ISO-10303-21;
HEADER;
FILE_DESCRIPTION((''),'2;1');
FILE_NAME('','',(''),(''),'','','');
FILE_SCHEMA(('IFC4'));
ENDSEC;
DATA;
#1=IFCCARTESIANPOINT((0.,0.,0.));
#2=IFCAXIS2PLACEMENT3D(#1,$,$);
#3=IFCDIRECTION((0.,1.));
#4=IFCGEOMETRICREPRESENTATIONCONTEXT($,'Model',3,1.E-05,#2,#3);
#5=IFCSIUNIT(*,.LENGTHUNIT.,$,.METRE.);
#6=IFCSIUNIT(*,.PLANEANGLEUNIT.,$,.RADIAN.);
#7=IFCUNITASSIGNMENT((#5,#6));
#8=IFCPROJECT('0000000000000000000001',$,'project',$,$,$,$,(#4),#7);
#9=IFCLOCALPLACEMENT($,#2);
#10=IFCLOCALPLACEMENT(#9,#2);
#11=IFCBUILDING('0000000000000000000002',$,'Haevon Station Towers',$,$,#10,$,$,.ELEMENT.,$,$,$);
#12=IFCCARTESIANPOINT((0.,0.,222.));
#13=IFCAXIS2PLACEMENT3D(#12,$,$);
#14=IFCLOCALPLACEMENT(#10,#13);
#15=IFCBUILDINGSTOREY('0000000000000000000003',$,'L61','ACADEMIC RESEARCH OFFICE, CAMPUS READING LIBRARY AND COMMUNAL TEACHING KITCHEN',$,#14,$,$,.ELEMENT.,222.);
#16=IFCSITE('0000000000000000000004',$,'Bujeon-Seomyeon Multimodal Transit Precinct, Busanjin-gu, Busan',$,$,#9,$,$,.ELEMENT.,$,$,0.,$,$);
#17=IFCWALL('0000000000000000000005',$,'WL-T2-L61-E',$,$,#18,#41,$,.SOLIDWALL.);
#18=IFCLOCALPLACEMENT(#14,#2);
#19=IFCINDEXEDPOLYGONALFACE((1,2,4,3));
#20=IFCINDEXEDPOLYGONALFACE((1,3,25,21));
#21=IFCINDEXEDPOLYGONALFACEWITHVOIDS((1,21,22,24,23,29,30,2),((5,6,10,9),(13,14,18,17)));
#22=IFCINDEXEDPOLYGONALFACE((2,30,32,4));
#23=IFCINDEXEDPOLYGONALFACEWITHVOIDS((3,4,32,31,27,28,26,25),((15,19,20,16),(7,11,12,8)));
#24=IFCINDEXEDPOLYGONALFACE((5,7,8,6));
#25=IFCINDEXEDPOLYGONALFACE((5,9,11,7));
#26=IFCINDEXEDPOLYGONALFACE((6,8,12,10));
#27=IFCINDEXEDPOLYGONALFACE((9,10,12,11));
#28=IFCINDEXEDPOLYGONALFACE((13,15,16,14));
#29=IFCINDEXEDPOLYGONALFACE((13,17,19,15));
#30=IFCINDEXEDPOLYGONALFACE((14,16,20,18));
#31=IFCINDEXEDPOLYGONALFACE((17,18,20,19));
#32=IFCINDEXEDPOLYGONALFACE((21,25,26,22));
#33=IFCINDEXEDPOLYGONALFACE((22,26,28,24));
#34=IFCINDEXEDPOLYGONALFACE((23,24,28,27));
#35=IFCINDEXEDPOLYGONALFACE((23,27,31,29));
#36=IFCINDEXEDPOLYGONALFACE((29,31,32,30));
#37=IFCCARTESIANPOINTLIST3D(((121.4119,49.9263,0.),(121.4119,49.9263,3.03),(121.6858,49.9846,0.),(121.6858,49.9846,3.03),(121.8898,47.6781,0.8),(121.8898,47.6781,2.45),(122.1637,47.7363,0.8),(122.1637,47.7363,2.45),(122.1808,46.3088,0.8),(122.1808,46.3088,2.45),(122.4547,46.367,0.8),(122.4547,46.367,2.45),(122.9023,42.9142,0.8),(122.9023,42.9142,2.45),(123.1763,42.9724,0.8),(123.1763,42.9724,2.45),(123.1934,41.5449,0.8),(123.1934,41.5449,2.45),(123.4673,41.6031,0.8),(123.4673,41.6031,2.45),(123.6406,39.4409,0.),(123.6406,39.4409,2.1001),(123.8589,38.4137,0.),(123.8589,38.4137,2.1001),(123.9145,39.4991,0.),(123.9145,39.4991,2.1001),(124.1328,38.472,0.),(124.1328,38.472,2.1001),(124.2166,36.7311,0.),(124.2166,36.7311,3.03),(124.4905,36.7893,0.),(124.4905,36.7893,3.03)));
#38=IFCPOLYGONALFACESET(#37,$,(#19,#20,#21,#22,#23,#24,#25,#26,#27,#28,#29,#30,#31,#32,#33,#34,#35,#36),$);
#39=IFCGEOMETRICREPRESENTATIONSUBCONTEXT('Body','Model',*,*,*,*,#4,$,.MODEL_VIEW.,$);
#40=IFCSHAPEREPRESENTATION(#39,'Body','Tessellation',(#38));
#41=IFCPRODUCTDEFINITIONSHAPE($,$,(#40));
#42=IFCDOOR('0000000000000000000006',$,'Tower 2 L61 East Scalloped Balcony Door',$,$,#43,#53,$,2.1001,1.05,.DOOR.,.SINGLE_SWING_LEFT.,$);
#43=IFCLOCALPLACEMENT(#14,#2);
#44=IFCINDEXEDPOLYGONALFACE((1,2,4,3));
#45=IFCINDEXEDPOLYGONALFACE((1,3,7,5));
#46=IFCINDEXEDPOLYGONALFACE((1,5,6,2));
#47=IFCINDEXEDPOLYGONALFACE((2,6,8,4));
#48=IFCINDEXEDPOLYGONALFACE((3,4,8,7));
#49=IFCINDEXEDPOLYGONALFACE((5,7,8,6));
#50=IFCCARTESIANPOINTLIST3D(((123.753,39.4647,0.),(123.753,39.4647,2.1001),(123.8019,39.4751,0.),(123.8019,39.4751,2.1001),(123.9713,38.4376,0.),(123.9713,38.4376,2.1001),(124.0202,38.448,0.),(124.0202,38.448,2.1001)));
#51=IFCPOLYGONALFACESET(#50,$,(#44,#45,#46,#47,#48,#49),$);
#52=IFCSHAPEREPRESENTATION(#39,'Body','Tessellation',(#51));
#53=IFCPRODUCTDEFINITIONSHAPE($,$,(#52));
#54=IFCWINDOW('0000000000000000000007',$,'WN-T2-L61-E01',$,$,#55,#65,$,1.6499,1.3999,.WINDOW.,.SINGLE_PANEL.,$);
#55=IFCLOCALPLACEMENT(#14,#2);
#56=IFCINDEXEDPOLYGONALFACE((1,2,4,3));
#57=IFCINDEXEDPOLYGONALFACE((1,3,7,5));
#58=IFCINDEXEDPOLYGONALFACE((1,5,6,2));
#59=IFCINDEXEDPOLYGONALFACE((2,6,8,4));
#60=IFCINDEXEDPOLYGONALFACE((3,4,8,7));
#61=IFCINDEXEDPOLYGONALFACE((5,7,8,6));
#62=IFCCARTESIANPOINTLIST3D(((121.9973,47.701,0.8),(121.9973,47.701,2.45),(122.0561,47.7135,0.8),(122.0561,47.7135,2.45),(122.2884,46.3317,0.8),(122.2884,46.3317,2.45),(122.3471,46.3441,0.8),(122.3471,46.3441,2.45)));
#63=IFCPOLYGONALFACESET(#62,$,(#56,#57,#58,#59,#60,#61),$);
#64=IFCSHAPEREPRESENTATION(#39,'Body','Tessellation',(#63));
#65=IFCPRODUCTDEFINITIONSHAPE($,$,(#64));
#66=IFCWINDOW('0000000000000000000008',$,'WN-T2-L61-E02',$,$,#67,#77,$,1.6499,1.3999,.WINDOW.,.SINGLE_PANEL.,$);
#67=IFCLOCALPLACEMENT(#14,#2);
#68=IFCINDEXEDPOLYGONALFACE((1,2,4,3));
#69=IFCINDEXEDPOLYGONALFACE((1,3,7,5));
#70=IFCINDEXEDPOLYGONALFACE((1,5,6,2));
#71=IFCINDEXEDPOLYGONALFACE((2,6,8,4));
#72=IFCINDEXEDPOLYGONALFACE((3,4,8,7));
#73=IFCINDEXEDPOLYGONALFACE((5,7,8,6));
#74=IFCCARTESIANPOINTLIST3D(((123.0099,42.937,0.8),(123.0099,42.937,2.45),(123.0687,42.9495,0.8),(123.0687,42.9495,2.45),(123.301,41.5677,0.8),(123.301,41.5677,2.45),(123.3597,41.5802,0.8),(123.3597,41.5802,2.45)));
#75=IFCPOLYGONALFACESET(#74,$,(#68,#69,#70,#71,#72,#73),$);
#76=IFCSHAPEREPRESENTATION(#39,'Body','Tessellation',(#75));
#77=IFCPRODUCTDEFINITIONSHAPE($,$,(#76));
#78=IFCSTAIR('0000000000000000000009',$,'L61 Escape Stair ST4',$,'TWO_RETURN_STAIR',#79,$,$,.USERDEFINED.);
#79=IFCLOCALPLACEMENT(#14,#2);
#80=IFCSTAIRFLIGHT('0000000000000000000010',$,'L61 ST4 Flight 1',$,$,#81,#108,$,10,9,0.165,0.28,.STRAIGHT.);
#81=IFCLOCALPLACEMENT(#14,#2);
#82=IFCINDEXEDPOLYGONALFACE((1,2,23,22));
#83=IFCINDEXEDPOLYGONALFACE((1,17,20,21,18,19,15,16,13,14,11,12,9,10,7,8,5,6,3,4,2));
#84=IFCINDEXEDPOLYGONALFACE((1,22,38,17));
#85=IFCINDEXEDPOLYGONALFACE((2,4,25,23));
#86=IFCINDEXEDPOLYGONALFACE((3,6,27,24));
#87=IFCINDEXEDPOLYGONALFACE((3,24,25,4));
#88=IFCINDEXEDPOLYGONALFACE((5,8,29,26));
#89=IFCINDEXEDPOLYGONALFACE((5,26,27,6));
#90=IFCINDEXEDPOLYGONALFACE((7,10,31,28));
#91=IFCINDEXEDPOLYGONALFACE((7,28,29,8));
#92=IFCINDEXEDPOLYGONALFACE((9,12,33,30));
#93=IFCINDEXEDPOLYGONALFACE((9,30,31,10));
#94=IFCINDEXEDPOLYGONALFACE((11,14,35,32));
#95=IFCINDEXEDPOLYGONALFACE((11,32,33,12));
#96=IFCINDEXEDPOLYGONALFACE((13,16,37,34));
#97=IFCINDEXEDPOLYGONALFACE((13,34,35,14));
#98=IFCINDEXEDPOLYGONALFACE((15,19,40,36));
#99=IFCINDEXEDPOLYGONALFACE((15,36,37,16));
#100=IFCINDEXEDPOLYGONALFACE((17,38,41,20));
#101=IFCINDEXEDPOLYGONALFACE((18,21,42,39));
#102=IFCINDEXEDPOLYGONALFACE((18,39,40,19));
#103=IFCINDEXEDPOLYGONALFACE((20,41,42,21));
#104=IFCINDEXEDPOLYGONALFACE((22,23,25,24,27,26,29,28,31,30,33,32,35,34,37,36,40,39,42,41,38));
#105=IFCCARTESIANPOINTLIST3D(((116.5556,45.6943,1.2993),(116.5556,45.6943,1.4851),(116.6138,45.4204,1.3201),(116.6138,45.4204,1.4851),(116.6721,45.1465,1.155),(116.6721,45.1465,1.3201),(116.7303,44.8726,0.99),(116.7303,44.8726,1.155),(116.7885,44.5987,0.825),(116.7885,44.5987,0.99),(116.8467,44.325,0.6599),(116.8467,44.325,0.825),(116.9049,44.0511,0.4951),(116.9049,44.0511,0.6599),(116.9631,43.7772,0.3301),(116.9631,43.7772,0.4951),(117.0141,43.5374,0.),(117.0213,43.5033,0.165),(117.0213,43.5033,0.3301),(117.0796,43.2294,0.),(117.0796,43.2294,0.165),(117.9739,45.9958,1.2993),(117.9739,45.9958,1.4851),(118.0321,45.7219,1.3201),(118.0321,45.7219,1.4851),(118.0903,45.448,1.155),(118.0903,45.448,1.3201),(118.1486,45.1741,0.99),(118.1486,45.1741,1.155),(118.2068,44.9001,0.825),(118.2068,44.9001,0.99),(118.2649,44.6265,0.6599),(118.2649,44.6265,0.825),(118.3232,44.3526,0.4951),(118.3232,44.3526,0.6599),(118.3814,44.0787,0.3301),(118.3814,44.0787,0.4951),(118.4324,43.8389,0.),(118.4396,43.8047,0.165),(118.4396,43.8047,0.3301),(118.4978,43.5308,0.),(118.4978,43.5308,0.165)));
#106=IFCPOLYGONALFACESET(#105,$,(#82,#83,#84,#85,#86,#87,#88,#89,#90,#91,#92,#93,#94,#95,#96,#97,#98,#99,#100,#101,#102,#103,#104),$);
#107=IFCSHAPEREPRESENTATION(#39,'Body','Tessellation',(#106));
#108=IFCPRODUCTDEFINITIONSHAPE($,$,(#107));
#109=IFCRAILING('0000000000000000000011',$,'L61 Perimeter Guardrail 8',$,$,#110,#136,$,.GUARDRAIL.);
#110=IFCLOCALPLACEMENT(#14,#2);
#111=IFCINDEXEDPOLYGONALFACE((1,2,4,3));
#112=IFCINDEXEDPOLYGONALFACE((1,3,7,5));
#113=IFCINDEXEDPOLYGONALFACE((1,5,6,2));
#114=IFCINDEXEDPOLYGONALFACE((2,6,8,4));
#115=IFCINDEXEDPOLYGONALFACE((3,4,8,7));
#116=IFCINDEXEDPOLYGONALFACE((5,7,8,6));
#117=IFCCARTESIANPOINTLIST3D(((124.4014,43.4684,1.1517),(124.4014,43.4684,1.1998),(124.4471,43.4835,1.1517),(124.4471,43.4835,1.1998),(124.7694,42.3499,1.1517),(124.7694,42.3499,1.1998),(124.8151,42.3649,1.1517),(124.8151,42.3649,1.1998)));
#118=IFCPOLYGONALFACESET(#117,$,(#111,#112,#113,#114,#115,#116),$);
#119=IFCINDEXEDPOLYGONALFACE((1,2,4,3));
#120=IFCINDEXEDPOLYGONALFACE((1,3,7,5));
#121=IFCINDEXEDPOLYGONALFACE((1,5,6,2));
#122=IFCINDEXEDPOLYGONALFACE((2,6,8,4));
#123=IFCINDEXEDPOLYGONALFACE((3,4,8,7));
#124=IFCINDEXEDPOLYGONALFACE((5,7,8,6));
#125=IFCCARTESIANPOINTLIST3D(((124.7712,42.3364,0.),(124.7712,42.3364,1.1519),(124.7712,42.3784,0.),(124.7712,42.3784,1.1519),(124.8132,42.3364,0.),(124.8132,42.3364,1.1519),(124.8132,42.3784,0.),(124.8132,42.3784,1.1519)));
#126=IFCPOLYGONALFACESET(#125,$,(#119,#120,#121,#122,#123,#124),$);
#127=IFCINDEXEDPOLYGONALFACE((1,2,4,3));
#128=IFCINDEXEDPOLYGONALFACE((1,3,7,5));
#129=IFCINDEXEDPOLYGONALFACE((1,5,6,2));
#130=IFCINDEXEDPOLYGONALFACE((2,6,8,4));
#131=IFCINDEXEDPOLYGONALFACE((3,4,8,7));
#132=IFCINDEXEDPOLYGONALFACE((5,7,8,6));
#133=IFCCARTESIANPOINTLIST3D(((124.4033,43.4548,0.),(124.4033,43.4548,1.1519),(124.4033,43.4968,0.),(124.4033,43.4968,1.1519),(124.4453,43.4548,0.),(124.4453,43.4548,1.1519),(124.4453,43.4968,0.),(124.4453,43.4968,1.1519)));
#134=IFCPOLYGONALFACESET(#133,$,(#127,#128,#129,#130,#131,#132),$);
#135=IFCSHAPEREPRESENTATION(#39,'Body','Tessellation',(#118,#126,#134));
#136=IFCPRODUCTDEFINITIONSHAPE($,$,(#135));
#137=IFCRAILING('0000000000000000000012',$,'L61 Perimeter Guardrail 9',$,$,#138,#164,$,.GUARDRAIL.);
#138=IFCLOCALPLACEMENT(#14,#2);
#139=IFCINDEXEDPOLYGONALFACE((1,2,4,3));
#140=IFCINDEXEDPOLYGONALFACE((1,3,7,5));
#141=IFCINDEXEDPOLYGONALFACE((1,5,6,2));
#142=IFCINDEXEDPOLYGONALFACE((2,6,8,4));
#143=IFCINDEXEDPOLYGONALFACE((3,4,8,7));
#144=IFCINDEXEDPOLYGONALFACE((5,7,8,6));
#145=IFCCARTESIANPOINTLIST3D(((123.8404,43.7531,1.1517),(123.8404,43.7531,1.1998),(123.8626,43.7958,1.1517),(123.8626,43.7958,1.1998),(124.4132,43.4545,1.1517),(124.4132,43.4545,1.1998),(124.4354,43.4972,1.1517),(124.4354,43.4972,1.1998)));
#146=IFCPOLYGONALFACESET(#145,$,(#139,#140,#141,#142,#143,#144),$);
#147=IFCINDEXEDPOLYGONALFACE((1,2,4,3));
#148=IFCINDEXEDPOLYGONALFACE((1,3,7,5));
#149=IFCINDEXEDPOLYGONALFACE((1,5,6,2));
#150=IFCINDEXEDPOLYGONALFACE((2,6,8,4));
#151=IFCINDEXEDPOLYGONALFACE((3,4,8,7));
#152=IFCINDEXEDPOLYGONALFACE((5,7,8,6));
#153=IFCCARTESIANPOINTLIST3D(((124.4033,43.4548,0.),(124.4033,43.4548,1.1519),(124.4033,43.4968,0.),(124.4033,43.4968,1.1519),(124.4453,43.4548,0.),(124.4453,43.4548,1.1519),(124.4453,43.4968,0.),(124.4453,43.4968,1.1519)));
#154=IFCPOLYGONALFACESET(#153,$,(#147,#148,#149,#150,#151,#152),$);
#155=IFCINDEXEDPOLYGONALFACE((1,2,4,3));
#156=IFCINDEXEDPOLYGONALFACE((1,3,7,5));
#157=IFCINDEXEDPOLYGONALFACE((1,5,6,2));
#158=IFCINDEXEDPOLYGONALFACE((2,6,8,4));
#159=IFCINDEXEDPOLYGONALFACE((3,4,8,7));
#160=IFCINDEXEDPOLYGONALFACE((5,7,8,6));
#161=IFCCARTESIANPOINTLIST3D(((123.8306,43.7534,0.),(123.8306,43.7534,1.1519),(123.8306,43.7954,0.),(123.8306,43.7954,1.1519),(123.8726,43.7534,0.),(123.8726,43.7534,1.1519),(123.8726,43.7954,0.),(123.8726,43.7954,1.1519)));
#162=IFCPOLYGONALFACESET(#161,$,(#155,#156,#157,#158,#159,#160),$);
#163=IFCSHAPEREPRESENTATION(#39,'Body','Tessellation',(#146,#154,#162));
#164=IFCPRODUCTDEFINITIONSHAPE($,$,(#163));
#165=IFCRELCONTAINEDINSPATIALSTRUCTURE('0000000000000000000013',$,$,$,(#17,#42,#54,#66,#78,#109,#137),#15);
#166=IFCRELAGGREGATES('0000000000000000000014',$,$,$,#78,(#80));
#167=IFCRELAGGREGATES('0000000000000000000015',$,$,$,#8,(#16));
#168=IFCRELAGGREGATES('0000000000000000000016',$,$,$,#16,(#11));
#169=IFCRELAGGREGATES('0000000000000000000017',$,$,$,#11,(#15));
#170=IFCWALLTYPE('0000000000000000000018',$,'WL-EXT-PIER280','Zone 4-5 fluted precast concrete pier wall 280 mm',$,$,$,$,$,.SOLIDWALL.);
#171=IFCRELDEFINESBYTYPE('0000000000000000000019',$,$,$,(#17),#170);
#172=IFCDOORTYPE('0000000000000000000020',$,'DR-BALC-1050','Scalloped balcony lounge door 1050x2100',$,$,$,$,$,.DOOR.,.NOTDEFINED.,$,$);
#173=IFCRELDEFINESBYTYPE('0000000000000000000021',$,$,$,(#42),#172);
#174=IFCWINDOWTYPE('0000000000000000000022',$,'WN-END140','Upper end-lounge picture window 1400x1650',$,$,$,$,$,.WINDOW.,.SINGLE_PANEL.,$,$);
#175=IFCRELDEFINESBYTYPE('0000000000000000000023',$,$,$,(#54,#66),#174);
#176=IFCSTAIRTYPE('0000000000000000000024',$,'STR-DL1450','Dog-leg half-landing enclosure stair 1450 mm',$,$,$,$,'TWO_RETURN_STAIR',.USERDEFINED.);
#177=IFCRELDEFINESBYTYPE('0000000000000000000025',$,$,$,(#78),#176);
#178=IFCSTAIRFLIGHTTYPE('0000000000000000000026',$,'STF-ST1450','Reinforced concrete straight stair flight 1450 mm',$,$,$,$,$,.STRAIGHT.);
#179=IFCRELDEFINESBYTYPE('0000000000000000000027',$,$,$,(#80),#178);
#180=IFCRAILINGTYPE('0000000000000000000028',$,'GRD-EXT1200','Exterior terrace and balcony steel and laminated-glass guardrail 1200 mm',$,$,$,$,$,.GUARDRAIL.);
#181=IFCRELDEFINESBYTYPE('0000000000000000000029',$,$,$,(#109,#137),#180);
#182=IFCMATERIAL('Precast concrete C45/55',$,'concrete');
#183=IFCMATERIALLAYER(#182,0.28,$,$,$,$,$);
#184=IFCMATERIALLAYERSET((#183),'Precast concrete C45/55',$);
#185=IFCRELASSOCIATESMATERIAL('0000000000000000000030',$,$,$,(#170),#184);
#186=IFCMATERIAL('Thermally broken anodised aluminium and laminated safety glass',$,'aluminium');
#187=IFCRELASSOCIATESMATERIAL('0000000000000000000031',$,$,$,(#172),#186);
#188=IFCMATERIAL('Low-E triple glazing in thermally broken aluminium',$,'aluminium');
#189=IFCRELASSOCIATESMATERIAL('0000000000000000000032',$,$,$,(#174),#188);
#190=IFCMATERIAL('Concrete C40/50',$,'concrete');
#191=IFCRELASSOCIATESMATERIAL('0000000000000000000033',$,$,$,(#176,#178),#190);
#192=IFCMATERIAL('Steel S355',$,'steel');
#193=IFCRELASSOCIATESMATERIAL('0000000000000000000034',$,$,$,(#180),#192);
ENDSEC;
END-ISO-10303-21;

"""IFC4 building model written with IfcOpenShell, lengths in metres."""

from ifc_helpers import new_model, si_unit, direction, frame, frame_2d, origin, origin_2d, place, context, subcontext, project, spatial, polyline, rectangle, outline, extrude, material, layer, layer_set, type_object, element, fill, aggregate, save


model = new_model("IFC4")

# Units and contexts
model_context = context("Model", 3, precision=1e-05, world=origin(), true_north=direction((0.0, 1.0)))
body_context = subcontext(model_context, "Body", "Model", "MODEL_VIEW")
ifc_project = project(units=[si_unit("LENGTHUNIT", "METRE"), si_unit("PLANEANGLEUNIT", "RADIAN")], contexts=[model_context])

# Site, building, storey
site_placement = place(None, origin())
site = spatial("IfcSite", under=ifc_project, at=site_placement, Name="Bujeon-Seomyeon Multimodal Transit Precinct, Busanjin-gu, Busan", CompositionType="ELEMENT", RefElevation=0.0)
building_placement = place(site_placement, origin())
building = spatial("IfcBuilding", under=site, at=building_placement, Name="Haevon Station Towers", CompositionType="ELEMENT")
storey_placement = place(building_placement, frame((0.0, 0.0, 222.0)))
storey = spatial("IfcBuildingStorey", under=building, at=storey_placement, Name="L61", Description="ACADEMIC RESEARCH OFFICE, CAMPUS READING LIBRARY AND COMMUNAL TEACHING KITCHEN", CompositionType="ELEMENT", Elevation=222.0)

# Shared definitions
ifc_material_1 = material(Name="Steel S355", Category="steel")

# Shared definitions
ifc_material_2 = material(Name="Precast concrete C45/55", Category="concrete")
ifc_layer = layer(ifc_material_2, 0.28)
ifc_layer_set = layer_set([ifc_layer], Name="Precast concrete C45/55")
wall_type = type_object("IfcWallType", Name="WL-EXT-PIER280", Description="Zone 4-5 fluted precast concrete pier wall 280 mm", PredefinedType="SOLIDWALL", material=ifc_layer_set)

# Wall, openings, door, windows
wall_1_placement = place(storey_placement, frame((121.5488, 49.9556, 0.0), z_axis=(0.0, 0.0, 1.0), x_axis=(0.207907, -0.978149, 0.0)))
wall_1 = element("IfcWall", 1, at=wall_1_placement, inside=storey, type_object=wall_type, Name="WL-T2-L61-E", PredefinedType="SOLIDWALL", context=body_context, shape_type="SweptSolid", body=[
    extrude(rectangle(XDim=13.49, YDim=0.28, at=frame_2d((6.7451, 0.0))), origin(), (0.0, 0.0, 1.0), 3.03),
])
opening_1_placement = place(wall_1_placement, frame((10.72, 0.0, 0.0)))
opening_1 = element("IfcOpeningElement", 2, at=opening_1_placement, cuts=wall_1, PredefinedType="OPENING", context=body_context, shape_type="SweptSolid", body=[
    extrude(rectangle(XDim=1.05, YDim=2.1001, at=frame_2d((0.5249, 1.05))), frame((0.0, 0.1499, 0.0), z_axis=(0.0, -1.0, 0.0), x_axis=(1.0, 0.0, 0.0)), (0.0, 0.0, 1.0), 0.3),
])
opening_2_placement = place(wall_1_placement, frame((2.2986, 0.0, 0.8)))
opening_2 = element("IfcOpeningElement", 3, at=opening_2_placement, cuts=wall_1, PredefinedType="OPENING", context=body_context, shape_type="SweptSolid", body=[
    extrude(rectangle(XDim=1.3999, YDim=1.6499, at=frame_2d((0.7, 0.825))), frame((0.0, 0.1499, 0.0), z_axis=(0.0, -1.0, 0.0), x_axis=(1.0, 0.0, 0.0)), (0.0, 0.0, 1.0), 0.3),
])
opening_3_placement = place(wall_1_placement, frame((7.1689, 0.0, 0.8)))
opening_3 = element("IfcOpeningElement", 4, at=opening_3_placement, cuts=wall_1, PredefinedType="OPENING", context=body_context, shape_type="SweptSolid", body=[
    extrude(rectangle(XDim=1.3999, YDim=1.6499, at=frame_2d((0.7, 0.825))), frame((0.0, 0.1499, 0.0), z_axis=(0.0, -1.0, 0.0), x_axis=(1.0, 0.0, 0.0)), (0.0, 0.0, 1.0), 0.3),
])
ifc_material_3 = material(Name="Thermally broken anodised aluminium and laminated safety glass", Category="aluminium")
door_type = type_object("IfcDoorType", Name="DR-BALC-1050", Description="Scalloped balcony lounge door 1050x2100", OperationType="NOTDEFINED", PredefinedType="DOOR", material=ifc_material_3)
door_placement = place(opening_1_placement, origin())
door = element("IfcDoor", 5, at=door_placement, inside=storey, type_object=door_type, Name="Tower 2 L61 East Scalloped Balcony Door", OperationType="SINGLE_SWING_LEFT", OverallHeight=2.1001, OverallWidth=1.05, PredefinedType="DOOR", context=body_context, shape_type="SweptSolid", body=[
    extrude(rectangle(XDim=1.05, YDim=2.1001, at=frame_2d((0.5249, 1.05))), frame((0.0, 0.0249, 0.0), z_axis=(0.0, -1.0, 0.0), x_axis=(1.0, 0.0, 0.0)), (0.0, 0.0, 1.0), 0.05),
])
fill(opening_1, door)
ifc_material_4 = material(Name="Low-E triple glazing in thermally broken aluminium", Category="aluminium")
window_type = type_object("IfcWindowType", Name="WN-END140", Description="Upper end-lounge picture window 1400x1650", PartitioningType="SINGLE_PANEL", PredefinedType="WINDOW", material=ifc_material_4)
window_1_placement = place(opening_2_placement, origin())
window_1 = element("IfcWindow", 6, at=window_1_placement, inside=storey, type_object=window_type, Name="WN-T2-L61-E01", OverallHeight=1.6499, OverallWidth=1.3999, PartitioningType="SINGLE_PANEL", PredefinedType="WINDOW", context=body_context, shape_type="SweptSolid", body=[
    extrude(rectangle(XDim=1.3999, YDim=1.6499, at=frame_2d((0.7, 0.825))), frame((0.0, 0.03, 0.0), z_axis=(0.0, -1.0, 0.0), x_axis=(1.0, 0.0, 0.0)), (0.0, 0.0, 1.0), 0.0601),
])
fill(opening_2, window_1)
window_2_placement = place(opening_3_placement, origin())
window_2 = element("IfcWindow", 7, at=window_2_placement, inside=storey, type_object=window_type, Name="WN-T2-L61-E02", OverallHeight=1.6499, OverallWidth=1.3999, PartitioningType="SINGLE_PANEL", PredefinedType="WINDOW", context=body_context, shape_type="SweptSolid", body=[
    extrude(rectangle(XDim=1.3999, YDim=1.6499, at=frame_2d((0.7, 0.825))), frame((0.0, 0.03, 0.0), z_axis=(0.0, -1.0, 0.0), x_axis=(1.0, 0.0, 0.0)), (0.0, 0.0, 1.0), 0.0601),
])
fill(opening_3, window_2)

# Stair, stair flight
ifc_material_5 = material(Name="Concrete C40/50", Category="concrete")
stair_type = type_object("IfcStairType", Name="STR-DL1450", Description="Dog-leg half-landing enclosure stair 1450 mm", ElementType="TWO_RETURN_STAIR", PredefinedType="USERDEFINED", material=ifc_material_5)
stair_placement = place(storey_placement, origin())
stair = element("IfcStair", 8, at=stair_placement, inside=storey, type_object=stair_type, Name="L61 Escape Stair ST4", ObjectType="TWO_RETURN_STAIR", PredefinedType="USERDEFINED")
stair_flight_type = type_object("IfcStairFlightType", Name="STF-ST1450", Description="Reinforced concrete straight stair flight 1450 mm", PredefinedType="STRAIGHT", material=ifc_material_5)
stair_flight_placement = place(storey_placement, frame((117.7888, 43.3801, 0.0), z_axis=(0.0, 0.0, 1.0), x_axis=(-0.207912, 0.978148, 0.0)))
stair_flight = element("IfcStairFlight", 9, at=stair_flight_placement, type_object=stair_flight_type, Name="L61 ST4 Flight 1", NumberOfRisers=10, NumberOfTreads=9, PredefinedType="STRAIGHT", RiserHeight=0.165, TreadLength=0.28, context=body_context, shape_type="SweptSolid", body=[
    extrude(outline(polyline([(0.0, 0.0), (0.0, 0.165), (0.28, 0.165), (0.28, 0.3301), (0.5601, 0.3301), (0.5601, 0.4951), (0.8401, 0.4951), (0.8401, 0.6599), (1.1201, 0.6599), (1.1201, 0.825), (1.3999, 0.825), (1.3999, 0.99), (1.6799, 0.99), (1.6799, 1.155), (1.96, 1.155), (1.96, 1.3201), (2.24, 1.3201), (2.24, 1.4851), (2.52, 1.4851), (2.52, 1.6499), (2.52, 1.2993), (0.3149, 0.0), (0.0, 0.0)])), frame((0.0, 0.7251, 0.0), z_axis=(0.0, -1.0, 0.0), x_axis=(1.0, 0.0, 0.0)), (0.0, 0.0, 1.0), 1.45),
])
aggregate(stair, [stair_flight])

# Railings
railing_type_1 = type_object("IfcRailingType", Name="GRD-EXT1200", Description="Exterior terrace and balcony steel and laminated-glass guardrail 1200 mm", PredefinedType="GUARDRAIL", material=ifc_material_1)
railing_1_placement = place(storey_placement, frame((124.7922, 42.3574, 0.0)))
element("IfcRailing", 10, at=railing_1_placement, inside=storey, type_object=railing_type_1, Name="L61 Perimeter Guardrail 8", PredefinedType="GUARDRAIL", context=body_context, shape_type="SweptSolid", body=[
    extrude(rectangle(XDim=0.0481, YDim=0.0481, at=origin_2d()), frame((0.0, 0.0, 1.1758), z_axis=(-0.312493, 0.94992, 0.0), x_axis=(-0.94992, -0.312493, 0.0)), (0.0, 0.0, 1.0), 1.1775),
    extrude(rectangle(XDim=0.042, YDim=0.042, at=origin_2d()), origin(), (0.0, 0.0, 1.0), 1.1519),
    extrude(rectangle(XDim=0.042, YDim=0.042, at=origin_2d()), frame((-0.3679, 1.1184, 0.0)), (0.0, 0.0, 1.0), 1.1519),
])
railing_2_placement = place(storey_placement, frame((124.4243, 43.4758, 0.0)))
element("IfcRailing", 11, at=railing_2_placement, inside=storey, type_object=railing_type_1, Name="L61 Perimeter Guardrail 9", PredefinedType="GUARDRAIL", context=body_context, shape_type="SweptSolid", body=[
    extrude(rectangle(XDim=0.0481, YDim=0.0481, at=origin_2d()), frame((0.0, 0.0, 1.1758), z_axis=(-0.88674, 0.462269, 0.0), x_axis=(-0.462269, -0.88674, 0.0)), (0.0, 0.0, 1.0), 0.646),
    extrude(rectangle(XDim=0.042, YDim=0.042, at=origin_2d()), origin(), (0.0, 0.0, 1.0), 1.1519),
    extrude(rectangle(XDim=0.042, YDim=0.042, at=origin_2d()), frame((-0.5728, 0.2986, 0.0)), (0.0, 0.0, 1.0), 1.1519),
])

save(model, "model.ifc")
